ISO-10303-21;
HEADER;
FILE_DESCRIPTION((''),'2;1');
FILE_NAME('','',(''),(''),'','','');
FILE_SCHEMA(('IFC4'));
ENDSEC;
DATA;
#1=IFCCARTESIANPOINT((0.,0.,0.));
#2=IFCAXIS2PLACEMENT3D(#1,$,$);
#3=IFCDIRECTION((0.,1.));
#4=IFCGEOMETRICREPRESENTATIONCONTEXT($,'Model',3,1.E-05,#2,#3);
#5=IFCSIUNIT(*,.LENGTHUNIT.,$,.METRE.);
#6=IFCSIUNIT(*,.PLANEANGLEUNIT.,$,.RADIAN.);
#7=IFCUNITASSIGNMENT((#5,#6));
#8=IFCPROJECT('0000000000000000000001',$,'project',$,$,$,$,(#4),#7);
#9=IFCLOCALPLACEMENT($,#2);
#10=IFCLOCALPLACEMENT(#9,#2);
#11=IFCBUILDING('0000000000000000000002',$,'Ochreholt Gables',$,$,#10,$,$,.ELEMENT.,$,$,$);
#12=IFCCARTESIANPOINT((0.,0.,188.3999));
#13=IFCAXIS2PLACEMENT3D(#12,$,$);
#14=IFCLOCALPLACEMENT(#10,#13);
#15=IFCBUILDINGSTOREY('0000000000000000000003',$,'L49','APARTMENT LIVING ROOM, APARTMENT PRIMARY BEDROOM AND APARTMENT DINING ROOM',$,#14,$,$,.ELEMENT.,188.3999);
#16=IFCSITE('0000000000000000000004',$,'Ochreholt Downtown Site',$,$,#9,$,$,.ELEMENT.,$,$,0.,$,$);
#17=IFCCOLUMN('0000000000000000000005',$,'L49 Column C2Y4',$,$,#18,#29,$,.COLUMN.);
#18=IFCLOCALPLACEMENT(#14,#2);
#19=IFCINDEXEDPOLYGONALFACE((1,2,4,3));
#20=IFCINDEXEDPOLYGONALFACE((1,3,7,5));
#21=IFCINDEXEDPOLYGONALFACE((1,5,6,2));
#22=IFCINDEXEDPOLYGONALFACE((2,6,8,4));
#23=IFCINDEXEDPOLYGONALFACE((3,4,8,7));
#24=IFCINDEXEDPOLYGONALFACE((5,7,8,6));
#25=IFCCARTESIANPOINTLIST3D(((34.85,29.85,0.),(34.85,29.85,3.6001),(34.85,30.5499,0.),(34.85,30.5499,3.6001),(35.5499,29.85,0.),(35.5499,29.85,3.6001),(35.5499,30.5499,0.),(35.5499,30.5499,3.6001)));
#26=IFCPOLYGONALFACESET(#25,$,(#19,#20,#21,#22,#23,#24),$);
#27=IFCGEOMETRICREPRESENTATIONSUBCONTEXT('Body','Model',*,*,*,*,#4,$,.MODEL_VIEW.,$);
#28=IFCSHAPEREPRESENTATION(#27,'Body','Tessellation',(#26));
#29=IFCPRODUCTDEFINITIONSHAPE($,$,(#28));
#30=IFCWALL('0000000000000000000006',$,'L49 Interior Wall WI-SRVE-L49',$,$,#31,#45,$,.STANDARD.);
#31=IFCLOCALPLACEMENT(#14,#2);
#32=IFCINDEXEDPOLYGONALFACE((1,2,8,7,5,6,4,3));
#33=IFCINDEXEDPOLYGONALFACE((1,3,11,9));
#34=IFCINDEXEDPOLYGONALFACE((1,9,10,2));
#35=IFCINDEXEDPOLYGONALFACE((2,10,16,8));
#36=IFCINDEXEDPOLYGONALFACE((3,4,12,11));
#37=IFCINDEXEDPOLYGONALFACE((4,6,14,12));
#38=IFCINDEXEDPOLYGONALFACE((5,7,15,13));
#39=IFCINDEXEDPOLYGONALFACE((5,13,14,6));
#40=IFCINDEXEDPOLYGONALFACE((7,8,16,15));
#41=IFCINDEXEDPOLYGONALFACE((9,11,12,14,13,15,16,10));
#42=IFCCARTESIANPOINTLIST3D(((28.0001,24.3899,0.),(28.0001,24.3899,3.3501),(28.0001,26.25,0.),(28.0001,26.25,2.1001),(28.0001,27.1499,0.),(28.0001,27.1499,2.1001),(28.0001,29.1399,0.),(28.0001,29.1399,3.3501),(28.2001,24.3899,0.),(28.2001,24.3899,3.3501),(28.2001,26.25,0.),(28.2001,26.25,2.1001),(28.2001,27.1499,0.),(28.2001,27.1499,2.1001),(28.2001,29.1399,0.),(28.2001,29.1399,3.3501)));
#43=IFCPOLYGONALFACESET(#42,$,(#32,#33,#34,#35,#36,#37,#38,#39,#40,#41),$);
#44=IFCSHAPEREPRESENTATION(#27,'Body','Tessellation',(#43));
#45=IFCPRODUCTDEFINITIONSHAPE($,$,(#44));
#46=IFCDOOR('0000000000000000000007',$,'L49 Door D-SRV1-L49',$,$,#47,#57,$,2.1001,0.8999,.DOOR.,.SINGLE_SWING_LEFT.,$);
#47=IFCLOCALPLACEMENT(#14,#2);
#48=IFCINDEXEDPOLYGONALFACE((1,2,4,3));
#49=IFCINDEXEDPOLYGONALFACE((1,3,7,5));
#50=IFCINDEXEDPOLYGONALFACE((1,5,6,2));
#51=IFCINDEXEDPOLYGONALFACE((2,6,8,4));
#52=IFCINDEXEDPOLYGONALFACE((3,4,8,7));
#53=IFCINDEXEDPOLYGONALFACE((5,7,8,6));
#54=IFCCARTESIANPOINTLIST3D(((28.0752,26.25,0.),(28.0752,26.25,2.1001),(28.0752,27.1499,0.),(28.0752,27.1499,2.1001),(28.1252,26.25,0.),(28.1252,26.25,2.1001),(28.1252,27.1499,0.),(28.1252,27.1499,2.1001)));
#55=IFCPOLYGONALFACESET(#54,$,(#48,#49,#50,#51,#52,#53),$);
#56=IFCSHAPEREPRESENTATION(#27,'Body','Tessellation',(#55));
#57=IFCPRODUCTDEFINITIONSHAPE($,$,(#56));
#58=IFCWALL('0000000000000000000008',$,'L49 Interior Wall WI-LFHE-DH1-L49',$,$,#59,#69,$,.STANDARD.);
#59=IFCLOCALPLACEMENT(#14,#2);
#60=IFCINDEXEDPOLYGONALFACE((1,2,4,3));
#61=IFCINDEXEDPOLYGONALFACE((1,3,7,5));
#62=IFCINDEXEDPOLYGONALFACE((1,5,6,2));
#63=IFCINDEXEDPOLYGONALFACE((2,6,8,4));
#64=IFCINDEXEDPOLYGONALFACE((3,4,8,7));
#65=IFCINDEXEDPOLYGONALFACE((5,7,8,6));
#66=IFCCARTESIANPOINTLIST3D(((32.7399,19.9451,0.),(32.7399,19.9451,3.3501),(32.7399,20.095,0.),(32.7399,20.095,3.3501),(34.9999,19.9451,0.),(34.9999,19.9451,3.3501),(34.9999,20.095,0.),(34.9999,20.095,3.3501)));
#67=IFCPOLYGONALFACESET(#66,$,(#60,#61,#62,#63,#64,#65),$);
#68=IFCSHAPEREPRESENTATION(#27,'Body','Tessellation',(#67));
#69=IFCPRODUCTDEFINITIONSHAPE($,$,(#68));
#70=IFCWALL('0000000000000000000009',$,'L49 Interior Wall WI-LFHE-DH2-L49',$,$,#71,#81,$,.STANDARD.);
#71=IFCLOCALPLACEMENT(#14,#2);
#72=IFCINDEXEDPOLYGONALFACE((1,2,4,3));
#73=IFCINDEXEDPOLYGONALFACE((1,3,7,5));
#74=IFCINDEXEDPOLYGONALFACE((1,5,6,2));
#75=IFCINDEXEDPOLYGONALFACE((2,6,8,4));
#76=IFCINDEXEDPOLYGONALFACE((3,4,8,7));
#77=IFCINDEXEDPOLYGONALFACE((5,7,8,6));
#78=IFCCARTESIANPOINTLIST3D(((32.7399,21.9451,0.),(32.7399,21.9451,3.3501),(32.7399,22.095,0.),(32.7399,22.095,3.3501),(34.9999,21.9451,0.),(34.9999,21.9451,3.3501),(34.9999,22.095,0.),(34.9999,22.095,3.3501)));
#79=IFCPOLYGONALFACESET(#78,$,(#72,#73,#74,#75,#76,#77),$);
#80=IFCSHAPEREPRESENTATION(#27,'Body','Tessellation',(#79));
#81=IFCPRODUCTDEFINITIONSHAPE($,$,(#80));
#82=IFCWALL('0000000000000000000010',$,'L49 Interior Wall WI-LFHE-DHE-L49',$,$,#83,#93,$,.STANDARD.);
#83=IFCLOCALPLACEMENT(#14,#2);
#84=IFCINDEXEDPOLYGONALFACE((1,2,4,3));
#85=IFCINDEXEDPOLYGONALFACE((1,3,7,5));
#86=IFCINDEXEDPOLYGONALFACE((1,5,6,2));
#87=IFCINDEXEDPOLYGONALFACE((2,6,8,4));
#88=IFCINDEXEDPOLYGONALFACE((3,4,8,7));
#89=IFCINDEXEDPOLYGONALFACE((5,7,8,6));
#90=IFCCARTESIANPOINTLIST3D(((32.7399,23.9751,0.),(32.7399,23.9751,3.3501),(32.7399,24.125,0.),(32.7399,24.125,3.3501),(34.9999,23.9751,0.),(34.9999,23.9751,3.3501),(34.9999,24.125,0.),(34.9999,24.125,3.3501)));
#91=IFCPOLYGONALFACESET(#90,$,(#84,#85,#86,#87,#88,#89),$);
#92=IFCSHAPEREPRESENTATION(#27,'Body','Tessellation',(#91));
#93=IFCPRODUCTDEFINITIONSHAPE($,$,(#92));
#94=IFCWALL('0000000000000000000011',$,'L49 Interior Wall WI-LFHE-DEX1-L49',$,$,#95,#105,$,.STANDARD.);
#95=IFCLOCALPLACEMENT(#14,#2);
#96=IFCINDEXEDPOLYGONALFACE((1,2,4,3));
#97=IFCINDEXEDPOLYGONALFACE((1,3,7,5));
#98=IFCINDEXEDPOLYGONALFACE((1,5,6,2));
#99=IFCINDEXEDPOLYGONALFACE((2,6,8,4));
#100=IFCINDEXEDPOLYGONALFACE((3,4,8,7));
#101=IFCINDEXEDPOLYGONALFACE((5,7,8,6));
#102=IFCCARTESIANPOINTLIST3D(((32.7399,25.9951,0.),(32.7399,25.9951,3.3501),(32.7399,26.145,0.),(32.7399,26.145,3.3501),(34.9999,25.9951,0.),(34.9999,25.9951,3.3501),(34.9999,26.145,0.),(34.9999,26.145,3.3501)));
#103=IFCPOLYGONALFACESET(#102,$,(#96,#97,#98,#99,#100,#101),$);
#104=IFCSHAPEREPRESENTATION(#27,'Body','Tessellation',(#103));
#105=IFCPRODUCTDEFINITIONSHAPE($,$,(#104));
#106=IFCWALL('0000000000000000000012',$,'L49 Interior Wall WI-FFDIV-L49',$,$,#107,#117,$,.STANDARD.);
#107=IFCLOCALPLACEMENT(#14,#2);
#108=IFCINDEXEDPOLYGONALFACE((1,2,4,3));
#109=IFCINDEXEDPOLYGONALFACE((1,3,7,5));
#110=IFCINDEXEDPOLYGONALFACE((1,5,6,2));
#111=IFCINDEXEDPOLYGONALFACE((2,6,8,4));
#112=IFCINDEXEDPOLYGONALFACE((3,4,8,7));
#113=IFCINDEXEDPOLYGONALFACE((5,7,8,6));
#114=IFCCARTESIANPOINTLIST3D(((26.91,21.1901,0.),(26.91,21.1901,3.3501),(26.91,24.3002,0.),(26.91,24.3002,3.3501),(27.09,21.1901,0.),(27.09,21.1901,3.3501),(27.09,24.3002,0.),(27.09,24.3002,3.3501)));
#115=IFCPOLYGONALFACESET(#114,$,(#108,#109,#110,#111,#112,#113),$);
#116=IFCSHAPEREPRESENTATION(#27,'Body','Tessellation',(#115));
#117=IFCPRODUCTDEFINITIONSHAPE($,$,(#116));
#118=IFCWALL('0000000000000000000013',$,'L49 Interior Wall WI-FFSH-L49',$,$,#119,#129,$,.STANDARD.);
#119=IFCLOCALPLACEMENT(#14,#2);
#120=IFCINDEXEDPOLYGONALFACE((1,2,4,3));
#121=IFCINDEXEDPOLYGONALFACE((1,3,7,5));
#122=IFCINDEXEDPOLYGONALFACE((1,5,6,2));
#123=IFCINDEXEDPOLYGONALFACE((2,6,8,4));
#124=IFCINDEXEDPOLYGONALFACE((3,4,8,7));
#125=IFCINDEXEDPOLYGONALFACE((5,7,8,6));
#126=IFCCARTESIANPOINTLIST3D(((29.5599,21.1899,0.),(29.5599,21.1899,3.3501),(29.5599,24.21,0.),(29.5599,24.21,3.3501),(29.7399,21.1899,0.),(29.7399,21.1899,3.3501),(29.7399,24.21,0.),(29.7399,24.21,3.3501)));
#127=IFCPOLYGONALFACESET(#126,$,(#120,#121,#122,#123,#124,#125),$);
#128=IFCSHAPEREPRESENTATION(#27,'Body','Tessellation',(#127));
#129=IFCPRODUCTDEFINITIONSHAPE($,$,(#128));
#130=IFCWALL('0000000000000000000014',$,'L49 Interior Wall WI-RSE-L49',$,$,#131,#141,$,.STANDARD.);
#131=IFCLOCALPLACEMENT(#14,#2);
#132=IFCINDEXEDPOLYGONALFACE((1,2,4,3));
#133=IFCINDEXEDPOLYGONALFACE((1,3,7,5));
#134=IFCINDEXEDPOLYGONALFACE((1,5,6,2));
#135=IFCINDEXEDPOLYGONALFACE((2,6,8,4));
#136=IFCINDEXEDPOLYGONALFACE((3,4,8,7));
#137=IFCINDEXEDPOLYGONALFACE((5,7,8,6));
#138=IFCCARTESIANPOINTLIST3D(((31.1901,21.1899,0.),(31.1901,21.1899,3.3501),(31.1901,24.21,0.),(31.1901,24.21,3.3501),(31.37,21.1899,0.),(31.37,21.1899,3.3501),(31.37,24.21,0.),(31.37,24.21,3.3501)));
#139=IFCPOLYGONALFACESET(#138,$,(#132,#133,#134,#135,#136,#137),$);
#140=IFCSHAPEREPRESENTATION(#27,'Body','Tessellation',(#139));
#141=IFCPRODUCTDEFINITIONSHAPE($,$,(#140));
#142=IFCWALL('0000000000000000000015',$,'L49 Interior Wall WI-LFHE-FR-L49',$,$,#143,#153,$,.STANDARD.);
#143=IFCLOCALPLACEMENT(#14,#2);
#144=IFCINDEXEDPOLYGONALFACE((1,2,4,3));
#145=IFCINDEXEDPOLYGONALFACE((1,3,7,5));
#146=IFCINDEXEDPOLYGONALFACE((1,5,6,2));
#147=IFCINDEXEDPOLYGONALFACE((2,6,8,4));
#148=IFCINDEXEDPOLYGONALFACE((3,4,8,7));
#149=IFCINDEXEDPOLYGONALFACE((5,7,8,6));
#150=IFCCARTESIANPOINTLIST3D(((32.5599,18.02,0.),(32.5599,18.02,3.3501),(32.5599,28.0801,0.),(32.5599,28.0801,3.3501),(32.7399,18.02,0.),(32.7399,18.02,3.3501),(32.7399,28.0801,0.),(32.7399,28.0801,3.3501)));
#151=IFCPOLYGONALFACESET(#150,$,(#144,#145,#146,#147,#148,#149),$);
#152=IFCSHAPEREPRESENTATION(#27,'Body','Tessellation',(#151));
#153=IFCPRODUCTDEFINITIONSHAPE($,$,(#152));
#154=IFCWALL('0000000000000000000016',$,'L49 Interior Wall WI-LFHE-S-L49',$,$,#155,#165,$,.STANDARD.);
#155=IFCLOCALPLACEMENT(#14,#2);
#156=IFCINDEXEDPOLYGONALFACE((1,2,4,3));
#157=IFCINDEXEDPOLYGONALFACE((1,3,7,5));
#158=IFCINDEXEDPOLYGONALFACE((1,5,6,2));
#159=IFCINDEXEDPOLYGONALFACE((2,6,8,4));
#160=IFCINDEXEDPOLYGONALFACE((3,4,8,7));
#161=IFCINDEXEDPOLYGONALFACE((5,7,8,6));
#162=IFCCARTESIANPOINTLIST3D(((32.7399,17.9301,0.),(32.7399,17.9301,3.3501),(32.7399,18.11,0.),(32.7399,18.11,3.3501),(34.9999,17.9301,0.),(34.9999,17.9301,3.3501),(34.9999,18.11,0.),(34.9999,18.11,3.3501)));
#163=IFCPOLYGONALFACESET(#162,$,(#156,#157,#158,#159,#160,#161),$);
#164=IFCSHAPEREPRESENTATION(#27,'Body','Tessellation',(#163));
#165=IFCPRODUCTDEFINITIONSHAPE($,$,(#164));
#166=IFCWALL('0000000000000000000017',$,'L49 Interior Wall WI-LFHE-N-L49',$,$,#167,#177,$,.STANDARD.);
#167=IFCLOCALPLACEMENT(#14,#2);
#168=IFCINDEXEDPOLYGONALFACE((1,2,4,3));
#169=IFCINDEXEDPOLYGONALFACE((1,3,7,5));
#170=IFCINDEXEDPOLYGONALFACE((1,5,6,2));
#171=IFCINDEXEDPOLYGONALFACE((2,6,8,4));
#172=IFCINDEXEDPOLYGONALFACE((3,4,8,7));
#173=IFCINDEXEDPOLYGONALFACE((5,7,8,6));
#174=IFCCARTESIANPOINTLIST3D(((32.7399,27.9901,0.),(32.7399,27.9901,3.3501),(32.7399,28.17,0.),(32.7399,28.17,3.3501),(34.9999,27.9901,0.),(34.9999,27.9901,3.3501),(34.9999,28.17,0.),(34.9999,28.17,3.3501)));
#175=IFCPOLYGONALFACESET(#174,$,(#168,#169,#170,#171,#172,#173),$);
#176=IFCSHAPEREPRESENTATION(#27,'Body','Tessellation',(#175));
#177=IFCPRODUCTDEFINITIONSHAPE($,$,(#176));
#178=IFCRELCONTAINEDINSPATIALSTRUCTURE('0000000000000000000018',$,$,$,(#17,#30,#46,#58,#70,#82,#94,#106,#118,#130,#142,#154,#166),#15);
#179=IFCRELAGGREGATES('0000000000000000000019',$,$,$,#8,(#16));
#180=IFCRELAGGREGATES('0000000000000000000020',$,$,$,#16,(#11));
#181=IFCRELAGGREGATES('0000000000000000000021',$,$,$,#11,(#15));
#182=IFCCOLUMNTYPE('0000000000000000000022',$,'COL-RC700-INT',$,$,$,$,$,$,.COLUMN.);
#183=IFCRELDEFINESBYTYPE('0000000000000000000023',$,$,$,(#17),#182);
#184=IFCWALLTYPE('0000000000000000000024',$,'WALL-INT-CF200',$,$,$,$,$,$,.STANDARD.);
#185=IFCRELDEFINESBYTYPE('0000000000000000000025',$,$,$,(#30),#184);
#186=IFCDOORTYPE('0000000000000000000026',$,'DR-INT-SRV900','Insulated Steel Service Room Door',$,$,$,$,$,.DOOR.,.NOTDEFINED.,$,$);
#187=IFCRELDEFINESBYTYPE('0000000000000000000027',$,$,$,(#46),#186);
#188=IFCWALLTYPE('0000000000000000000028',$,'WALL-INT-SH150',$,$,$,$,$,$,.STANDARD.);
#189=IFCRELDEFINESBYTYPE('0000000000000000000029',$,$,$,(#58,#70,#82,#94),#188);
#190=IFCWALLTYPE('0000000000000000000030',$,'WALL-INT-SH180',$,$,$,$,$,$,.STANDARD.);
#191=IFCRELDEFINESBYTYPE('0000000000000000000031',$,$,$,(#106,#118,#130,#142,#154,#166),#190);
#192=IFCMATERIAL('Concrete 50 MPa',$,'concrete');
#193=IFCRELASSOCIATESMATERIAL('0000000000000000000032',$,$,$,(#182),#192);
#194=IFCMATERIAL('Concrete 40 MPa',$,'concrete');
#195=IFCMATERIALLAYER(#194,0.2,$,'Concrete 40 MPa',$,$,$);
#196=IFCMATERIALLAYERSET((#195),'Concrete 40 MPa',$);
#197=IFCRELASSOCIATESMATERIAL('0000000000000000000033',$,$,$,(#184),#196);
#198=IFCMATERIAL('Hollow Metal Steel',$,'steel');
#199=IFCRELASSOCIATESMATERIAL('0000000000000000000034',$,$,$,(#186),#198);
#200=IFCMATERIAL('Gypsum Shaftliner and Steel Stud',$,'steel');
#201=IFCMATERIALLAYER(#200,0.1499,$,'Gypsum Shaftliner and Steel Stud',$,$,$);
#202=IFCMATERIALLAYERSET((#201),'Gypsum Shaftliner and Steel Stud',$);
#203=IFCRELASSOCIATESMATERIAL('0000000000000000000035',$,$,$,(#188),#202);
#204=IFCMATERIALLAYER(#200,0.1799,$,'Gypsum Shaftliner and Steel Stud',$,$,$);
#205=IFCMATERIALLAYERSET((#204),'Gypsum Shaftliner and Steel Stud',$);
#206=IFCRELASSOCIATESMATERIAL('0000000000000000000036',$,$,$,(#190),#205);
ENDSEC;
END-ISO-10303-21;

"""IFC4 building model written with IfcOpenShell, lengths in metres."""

from ifc_helpers import new_model, si_unit, direction, frame, frame_2d, origin, origin_2d, place, context, subcontext, project, spatial, rectangle, extrude, material, layer, layer_set, material_profile, profile_set, type_object, element, fill, save


model = new_model("IFC4")

# Units and contexts
model_context = context("Model", 3, precision=1e-05, world=origin(), true_north=direction((0.0, 1.0)))
body_context = subcontext(model_context, "Body", "Model", "MODEL_VIEW")
ifc_project = project(units=[si_unit("LENGTHUNIT", "METRE"), si_unit("PLANEANGLEUNIT", "RADIAN")], contexts=[model_context])

# Site, building, storey
site_placement = place(None, origin())
site = spatial("IfcSite", under=ifc_project, at=site_placement, Name="Ochreholt Downtown Site", CompositionType="ELEMENT", RefElevation=0.0)
building_placement = place(site_placement, origin())
building = spatial("IfcBuilding", under=site, at=building_placement, Name="Ochreholt Gables", CompositionType="ELEMENT")
storey_placement = place(building_placement, frame((0.0, 0.0, 188.3999)))
storey = spatial("IfcBuildingStorey", under=building, at=storey_placement, Name="L49", Description="APARTMENT LIVING ROOM, APARTMENT PRIMARY BEDROOM AND APARTMENT DINING ROOM", CompositionType="ELEMENT", Elevation=188.3999)

# Column
ifc_material_1 = material(Name="Concrete 50 MPa", Category="concrete")
ifc_material_profile = material_profile(ifc_material_1, rectangle(XDim=0.7, YDim=0.7, at=origin_2d()), Name="RC700X700")
ifc_profile_set = profile_set([ifc_material_profile], Name="Concrete 50 MPa")
column_type = type_object("IfcColumnType", Name="COL-RC700-INT", PredefinedType="COLUMN", material=ifc_profile_set)
column_placement = place(storey_placement, frame((35.2, 30.2, 0.0), z_axis=(0.0, 0.0, 1.0), x_axis=(1.0, 0.0, 0.0)))
element("IfcColumn", 1, at=column_placement, inside=storey, type_object=column_type, Name="L49 Column C2Y4", PredefinedType="COLUMN", context=body_context, shape_type="SweptSolid", body=[
    extrude(rectangle(XDim=0.7, YDim=0.7, at=origin_2d()), origin(), (0.0, 0.0, 1.0), 3.6001),
])

# Wall, opening, door
ifc_material_2 = material(Name="Concrete 40 MPa", Category="concrete")
ifc_layer_1 = layer(ifc_material_2, 0.2, Name="Concrete 40 MPa")
ifc_layer_set_1 = layer_set([ifc_layer_1], Name="Concrete 40 MPa")
wall_type_1 = type_object("IfcWallType", Name="WALL-INT-CF200", PredefinedType="STANDARD", material=ifc_layer_set_1)
wall_1_placement = place(storey_placement, frame((28.1001, 24.3899, 0.0), z_axis=(0.0, 0.0, 1.0), x_axis=(0.0, 1.0, 0.0)))
wall_1 = element("IfcWall", 2, at=wall_1_placement, inside=storey, type_object=wall_type_1, Name="L49 Interior Wall WI-SRVE-L49", PredefinedType="STANDARD", context=body_context, shape_type="SweptSolid", body=[
    extrude(rectangle(XDim=4.75, YDim=0.2, at=frame_2d((2.375, 0.0))), origin(), (0.0, 0.0, 1.0), 3.3501),
])
opening_1_placement = place(wall_1_placement, frame((1.8601, 0.0, 0.0)))
opening_1 = element("IfcOpeningElement", 3, at=opening_1_placement, cuts=wall_1, PredefinedType="OPENING", context=body_context, shape_type="SweptSolid", body=[
    extrude(rectangle(XDim=0.8999, YDim=2.1001, at=frame_2d((0.45, 1.05))), frame((0.0, 0.1099, 0.0), z_axis=(0.0, -1.0, 0.0), x_axis=(1.0, 0.0, 0.0)), (0.0, 0.0, 1.0), 0.22),
])
ifc_material_3 = material(Name="Hollow Metal Steel", Category="steel")
door_type_1 = type_object("IfcDoorType", Name="DR-INT-SRV900", Description="Insulated Steel Service Room Door", OperationType="NOTDEFINED", PredefinedType="DOOR", material=ifc_material_3)
door_1_placement = place(opening_1_placement, origin())
door_1 = element("IfcDoor", 4, at=door_1_placement, inside=storey, type_object=door_type_1, Name="L49 Door D-SRV1-L49", OperationType="SINGLE_SWING_LEFT", OverallHeight=2.1001, OverallWidth=0.8999, PredefinedType="DOOR", context=body_context, shape_type="SweptSolid", body=[
    extrude(rectangle(XDim=0.8999, YDim=2.1001, at=frame_2d((0.45, 1.05))), frame((0.0, 0.0249, 0.0), z_axis=(0.0, -1.0, 0.0), x_axis=(1.0, 0.0, 0.0)), (0.0, 0.0, 1.0), 0.05),
])
fill(opening_1, door_1)

# Walls
ifc_material_4 = material(Name="Gypsum Shaftliner and Steel Stud", Category="steel")
ifc_layer_2 = layer(ifc_material_4, 0.1499, Name="Gypsum Shaftliner and Steel Stud")
ifc_layer_set_2 = layer_set([ifc_layer_2], Name="Gypsum Shaftliner and Steel Stud")
wall_type_2 = type_object("IfcWallType", Name="WALL-INT-SH150", PredefinedType="STANDARD", material=ifc_layer_set_2)
for number, where, z_axis, x_axis, name in (
    (5, (32.74, 20.02, 0.0), (0.0, 0.0, 1.0), (1.0, 0.0, 0.0), "L49 Interior Wall WI-LFHE-DH1-L49"),
    (6, (32.74, 22.02, 0.0), (0.0, 0.0, 1.0), (1.0, 0.0, 0.0), "L49 Interior Wall WI-LFHE-DH2-L49"),
    (7, (32.74, 24.05, 0.0), (0.0, 0.0, 1.0), (1.0, 0.0, 0.0), "L49 Interior Wall WI-LFHE-DHE-L49"),
    (8, (32.74, 26.0701, 0.0), (0.0, 0.0, 1.0), (1.0, 0.0, 0.0), "L49 Interior Wall WI-LFHE-DEX1-L49"),
):
    element("IfcWall", number, at=place(storey_placement, frame(where, z_axis=z_axis, x_axis=x_axis)), inside=storey, type_object=wall_type_2, Name=name, PredefinedType="STANDARD", context=body_context, shape_type="SweptSolid", body=[
        extrude(rectangle(XDim=2.26, YDim=0.1499, at=frame_2d((1.1299, 0.0))), origin(), (0.0, 0.0, 1.0), 3.3501),
    ])
ifc_layer_3 = layer(ifc_material_4, 0.1799, Name="Gypsum Shaftliner and Steel Stud")
ifc_layer_set_3 = layer_set([ifc_layer_3], Name="Gypsum Shaftliner and Steel Stud")
wall_type_3 = type_object("IfcWallType", Name="WALL-INT-SH180", PredefinedType="STANDARD", material=ifc_layer_set_3)
wall_2_placement = place(storey_placement, frame((27.0, 21.1899, 0.0), z_axis=(0.0, 0.0, 1.0), x_axis=(0.0, 1.0, 0.0)))
element("IfcWall", 9, at=wall_2_placement, inside=storey, type_object=wall_type_3, Name="L49 Interior Wall WI-FFDIV-L49", PredefinedType="STANDARD", context=body_context, shape_type="SweptSolid", body=[
    extrude(rectangle(XDim=3.1101, YDim=0.1799, at=frame_2d((1.5552, 0.0))), origin(), (0.0, 0.0, 1.0), 3.3501),
])
for number, where, z_axis, x_axis, name in (
    (10, (29.6499, 21.1899, 0.0), (0.0, 0.0, 1.0), (0.0, 1.0, 0.0), "L49 Interior Wall WI-FFSH-L49"),
    (11, (31.28, 21.1899, 0.0), (0.0, 0.0, 1.0), (0.0, 1.0, 0.0), "L49 Interior Wall WI-RSE-L49"),
):
    element("IfcWall", number, at=place(storey_placement, frame(where, z_axis=z_axis, x_axis=x_axis)), inside=storey, type_object=wall_type_3, Name=name, PredefinedType="STANDARD", context=body_context, shape_type="SweptSolid", body=[
        extrude(rectangle(XDim=3.02, YDim=0.1799, at=frame_2d((1.51, 0.0))), origin(), (0.0, 0.0, 1.0), 3.3501),
    ])
wall_3_placement = place(storey_placement, frame((32.6499, 18.02, 0.0), z_axis=(0.0, 0.0, 1.0), x_axis=(0.0, 1.0, 0.0)))
element("IfcWall", 12, at=wall_3_placement, inside=storey, type_object=wall_type_3, Name="L49 Interior Wall WI-LFHE-FR-L49", PredefinedType="STANDARD", context=body_context, shape_type="SweptSolid", body=[
    extrude(rectangle(XDim=10.0601, YDim=0.1799, at=frame_2d((5.03, 0.0))), origin(), (0.0, 0.0, 1.0), 3.3501),
])
for number, where, z_axis, x_axis, name in (
    (13, (32.74, 18.02, 0.0), (0.0, 0.0, 1.0), (1.0, 0.0, 0.0), "L49 Interior Wall WI-LFHE-S-L49"),
    (14, (32.74, 28.0801, 0.0), (0.0, 0.0, 1.0), (1.0, 0.0, 0.0), "L49 Interior Wall WI-LFHE-N-L49"),
):
    element("IfcWall", number, at=place(storey_placement, frame(where, z_axis=z_axis, x_axis=x_axis)), inside=storey, type_object=wall_type_3, Name=name, PredefinedType="STANDARD", context=body_context, shape_type="SweptSolid", body=[
        extrude(rectangle(XDim=2.26, YDim=0.1799, at=frame_2d((1.1299, 0.0))), origin(), (0.0, 0.0, 1.0), 3.3501),
    ])

save(model, "model.ifc")
